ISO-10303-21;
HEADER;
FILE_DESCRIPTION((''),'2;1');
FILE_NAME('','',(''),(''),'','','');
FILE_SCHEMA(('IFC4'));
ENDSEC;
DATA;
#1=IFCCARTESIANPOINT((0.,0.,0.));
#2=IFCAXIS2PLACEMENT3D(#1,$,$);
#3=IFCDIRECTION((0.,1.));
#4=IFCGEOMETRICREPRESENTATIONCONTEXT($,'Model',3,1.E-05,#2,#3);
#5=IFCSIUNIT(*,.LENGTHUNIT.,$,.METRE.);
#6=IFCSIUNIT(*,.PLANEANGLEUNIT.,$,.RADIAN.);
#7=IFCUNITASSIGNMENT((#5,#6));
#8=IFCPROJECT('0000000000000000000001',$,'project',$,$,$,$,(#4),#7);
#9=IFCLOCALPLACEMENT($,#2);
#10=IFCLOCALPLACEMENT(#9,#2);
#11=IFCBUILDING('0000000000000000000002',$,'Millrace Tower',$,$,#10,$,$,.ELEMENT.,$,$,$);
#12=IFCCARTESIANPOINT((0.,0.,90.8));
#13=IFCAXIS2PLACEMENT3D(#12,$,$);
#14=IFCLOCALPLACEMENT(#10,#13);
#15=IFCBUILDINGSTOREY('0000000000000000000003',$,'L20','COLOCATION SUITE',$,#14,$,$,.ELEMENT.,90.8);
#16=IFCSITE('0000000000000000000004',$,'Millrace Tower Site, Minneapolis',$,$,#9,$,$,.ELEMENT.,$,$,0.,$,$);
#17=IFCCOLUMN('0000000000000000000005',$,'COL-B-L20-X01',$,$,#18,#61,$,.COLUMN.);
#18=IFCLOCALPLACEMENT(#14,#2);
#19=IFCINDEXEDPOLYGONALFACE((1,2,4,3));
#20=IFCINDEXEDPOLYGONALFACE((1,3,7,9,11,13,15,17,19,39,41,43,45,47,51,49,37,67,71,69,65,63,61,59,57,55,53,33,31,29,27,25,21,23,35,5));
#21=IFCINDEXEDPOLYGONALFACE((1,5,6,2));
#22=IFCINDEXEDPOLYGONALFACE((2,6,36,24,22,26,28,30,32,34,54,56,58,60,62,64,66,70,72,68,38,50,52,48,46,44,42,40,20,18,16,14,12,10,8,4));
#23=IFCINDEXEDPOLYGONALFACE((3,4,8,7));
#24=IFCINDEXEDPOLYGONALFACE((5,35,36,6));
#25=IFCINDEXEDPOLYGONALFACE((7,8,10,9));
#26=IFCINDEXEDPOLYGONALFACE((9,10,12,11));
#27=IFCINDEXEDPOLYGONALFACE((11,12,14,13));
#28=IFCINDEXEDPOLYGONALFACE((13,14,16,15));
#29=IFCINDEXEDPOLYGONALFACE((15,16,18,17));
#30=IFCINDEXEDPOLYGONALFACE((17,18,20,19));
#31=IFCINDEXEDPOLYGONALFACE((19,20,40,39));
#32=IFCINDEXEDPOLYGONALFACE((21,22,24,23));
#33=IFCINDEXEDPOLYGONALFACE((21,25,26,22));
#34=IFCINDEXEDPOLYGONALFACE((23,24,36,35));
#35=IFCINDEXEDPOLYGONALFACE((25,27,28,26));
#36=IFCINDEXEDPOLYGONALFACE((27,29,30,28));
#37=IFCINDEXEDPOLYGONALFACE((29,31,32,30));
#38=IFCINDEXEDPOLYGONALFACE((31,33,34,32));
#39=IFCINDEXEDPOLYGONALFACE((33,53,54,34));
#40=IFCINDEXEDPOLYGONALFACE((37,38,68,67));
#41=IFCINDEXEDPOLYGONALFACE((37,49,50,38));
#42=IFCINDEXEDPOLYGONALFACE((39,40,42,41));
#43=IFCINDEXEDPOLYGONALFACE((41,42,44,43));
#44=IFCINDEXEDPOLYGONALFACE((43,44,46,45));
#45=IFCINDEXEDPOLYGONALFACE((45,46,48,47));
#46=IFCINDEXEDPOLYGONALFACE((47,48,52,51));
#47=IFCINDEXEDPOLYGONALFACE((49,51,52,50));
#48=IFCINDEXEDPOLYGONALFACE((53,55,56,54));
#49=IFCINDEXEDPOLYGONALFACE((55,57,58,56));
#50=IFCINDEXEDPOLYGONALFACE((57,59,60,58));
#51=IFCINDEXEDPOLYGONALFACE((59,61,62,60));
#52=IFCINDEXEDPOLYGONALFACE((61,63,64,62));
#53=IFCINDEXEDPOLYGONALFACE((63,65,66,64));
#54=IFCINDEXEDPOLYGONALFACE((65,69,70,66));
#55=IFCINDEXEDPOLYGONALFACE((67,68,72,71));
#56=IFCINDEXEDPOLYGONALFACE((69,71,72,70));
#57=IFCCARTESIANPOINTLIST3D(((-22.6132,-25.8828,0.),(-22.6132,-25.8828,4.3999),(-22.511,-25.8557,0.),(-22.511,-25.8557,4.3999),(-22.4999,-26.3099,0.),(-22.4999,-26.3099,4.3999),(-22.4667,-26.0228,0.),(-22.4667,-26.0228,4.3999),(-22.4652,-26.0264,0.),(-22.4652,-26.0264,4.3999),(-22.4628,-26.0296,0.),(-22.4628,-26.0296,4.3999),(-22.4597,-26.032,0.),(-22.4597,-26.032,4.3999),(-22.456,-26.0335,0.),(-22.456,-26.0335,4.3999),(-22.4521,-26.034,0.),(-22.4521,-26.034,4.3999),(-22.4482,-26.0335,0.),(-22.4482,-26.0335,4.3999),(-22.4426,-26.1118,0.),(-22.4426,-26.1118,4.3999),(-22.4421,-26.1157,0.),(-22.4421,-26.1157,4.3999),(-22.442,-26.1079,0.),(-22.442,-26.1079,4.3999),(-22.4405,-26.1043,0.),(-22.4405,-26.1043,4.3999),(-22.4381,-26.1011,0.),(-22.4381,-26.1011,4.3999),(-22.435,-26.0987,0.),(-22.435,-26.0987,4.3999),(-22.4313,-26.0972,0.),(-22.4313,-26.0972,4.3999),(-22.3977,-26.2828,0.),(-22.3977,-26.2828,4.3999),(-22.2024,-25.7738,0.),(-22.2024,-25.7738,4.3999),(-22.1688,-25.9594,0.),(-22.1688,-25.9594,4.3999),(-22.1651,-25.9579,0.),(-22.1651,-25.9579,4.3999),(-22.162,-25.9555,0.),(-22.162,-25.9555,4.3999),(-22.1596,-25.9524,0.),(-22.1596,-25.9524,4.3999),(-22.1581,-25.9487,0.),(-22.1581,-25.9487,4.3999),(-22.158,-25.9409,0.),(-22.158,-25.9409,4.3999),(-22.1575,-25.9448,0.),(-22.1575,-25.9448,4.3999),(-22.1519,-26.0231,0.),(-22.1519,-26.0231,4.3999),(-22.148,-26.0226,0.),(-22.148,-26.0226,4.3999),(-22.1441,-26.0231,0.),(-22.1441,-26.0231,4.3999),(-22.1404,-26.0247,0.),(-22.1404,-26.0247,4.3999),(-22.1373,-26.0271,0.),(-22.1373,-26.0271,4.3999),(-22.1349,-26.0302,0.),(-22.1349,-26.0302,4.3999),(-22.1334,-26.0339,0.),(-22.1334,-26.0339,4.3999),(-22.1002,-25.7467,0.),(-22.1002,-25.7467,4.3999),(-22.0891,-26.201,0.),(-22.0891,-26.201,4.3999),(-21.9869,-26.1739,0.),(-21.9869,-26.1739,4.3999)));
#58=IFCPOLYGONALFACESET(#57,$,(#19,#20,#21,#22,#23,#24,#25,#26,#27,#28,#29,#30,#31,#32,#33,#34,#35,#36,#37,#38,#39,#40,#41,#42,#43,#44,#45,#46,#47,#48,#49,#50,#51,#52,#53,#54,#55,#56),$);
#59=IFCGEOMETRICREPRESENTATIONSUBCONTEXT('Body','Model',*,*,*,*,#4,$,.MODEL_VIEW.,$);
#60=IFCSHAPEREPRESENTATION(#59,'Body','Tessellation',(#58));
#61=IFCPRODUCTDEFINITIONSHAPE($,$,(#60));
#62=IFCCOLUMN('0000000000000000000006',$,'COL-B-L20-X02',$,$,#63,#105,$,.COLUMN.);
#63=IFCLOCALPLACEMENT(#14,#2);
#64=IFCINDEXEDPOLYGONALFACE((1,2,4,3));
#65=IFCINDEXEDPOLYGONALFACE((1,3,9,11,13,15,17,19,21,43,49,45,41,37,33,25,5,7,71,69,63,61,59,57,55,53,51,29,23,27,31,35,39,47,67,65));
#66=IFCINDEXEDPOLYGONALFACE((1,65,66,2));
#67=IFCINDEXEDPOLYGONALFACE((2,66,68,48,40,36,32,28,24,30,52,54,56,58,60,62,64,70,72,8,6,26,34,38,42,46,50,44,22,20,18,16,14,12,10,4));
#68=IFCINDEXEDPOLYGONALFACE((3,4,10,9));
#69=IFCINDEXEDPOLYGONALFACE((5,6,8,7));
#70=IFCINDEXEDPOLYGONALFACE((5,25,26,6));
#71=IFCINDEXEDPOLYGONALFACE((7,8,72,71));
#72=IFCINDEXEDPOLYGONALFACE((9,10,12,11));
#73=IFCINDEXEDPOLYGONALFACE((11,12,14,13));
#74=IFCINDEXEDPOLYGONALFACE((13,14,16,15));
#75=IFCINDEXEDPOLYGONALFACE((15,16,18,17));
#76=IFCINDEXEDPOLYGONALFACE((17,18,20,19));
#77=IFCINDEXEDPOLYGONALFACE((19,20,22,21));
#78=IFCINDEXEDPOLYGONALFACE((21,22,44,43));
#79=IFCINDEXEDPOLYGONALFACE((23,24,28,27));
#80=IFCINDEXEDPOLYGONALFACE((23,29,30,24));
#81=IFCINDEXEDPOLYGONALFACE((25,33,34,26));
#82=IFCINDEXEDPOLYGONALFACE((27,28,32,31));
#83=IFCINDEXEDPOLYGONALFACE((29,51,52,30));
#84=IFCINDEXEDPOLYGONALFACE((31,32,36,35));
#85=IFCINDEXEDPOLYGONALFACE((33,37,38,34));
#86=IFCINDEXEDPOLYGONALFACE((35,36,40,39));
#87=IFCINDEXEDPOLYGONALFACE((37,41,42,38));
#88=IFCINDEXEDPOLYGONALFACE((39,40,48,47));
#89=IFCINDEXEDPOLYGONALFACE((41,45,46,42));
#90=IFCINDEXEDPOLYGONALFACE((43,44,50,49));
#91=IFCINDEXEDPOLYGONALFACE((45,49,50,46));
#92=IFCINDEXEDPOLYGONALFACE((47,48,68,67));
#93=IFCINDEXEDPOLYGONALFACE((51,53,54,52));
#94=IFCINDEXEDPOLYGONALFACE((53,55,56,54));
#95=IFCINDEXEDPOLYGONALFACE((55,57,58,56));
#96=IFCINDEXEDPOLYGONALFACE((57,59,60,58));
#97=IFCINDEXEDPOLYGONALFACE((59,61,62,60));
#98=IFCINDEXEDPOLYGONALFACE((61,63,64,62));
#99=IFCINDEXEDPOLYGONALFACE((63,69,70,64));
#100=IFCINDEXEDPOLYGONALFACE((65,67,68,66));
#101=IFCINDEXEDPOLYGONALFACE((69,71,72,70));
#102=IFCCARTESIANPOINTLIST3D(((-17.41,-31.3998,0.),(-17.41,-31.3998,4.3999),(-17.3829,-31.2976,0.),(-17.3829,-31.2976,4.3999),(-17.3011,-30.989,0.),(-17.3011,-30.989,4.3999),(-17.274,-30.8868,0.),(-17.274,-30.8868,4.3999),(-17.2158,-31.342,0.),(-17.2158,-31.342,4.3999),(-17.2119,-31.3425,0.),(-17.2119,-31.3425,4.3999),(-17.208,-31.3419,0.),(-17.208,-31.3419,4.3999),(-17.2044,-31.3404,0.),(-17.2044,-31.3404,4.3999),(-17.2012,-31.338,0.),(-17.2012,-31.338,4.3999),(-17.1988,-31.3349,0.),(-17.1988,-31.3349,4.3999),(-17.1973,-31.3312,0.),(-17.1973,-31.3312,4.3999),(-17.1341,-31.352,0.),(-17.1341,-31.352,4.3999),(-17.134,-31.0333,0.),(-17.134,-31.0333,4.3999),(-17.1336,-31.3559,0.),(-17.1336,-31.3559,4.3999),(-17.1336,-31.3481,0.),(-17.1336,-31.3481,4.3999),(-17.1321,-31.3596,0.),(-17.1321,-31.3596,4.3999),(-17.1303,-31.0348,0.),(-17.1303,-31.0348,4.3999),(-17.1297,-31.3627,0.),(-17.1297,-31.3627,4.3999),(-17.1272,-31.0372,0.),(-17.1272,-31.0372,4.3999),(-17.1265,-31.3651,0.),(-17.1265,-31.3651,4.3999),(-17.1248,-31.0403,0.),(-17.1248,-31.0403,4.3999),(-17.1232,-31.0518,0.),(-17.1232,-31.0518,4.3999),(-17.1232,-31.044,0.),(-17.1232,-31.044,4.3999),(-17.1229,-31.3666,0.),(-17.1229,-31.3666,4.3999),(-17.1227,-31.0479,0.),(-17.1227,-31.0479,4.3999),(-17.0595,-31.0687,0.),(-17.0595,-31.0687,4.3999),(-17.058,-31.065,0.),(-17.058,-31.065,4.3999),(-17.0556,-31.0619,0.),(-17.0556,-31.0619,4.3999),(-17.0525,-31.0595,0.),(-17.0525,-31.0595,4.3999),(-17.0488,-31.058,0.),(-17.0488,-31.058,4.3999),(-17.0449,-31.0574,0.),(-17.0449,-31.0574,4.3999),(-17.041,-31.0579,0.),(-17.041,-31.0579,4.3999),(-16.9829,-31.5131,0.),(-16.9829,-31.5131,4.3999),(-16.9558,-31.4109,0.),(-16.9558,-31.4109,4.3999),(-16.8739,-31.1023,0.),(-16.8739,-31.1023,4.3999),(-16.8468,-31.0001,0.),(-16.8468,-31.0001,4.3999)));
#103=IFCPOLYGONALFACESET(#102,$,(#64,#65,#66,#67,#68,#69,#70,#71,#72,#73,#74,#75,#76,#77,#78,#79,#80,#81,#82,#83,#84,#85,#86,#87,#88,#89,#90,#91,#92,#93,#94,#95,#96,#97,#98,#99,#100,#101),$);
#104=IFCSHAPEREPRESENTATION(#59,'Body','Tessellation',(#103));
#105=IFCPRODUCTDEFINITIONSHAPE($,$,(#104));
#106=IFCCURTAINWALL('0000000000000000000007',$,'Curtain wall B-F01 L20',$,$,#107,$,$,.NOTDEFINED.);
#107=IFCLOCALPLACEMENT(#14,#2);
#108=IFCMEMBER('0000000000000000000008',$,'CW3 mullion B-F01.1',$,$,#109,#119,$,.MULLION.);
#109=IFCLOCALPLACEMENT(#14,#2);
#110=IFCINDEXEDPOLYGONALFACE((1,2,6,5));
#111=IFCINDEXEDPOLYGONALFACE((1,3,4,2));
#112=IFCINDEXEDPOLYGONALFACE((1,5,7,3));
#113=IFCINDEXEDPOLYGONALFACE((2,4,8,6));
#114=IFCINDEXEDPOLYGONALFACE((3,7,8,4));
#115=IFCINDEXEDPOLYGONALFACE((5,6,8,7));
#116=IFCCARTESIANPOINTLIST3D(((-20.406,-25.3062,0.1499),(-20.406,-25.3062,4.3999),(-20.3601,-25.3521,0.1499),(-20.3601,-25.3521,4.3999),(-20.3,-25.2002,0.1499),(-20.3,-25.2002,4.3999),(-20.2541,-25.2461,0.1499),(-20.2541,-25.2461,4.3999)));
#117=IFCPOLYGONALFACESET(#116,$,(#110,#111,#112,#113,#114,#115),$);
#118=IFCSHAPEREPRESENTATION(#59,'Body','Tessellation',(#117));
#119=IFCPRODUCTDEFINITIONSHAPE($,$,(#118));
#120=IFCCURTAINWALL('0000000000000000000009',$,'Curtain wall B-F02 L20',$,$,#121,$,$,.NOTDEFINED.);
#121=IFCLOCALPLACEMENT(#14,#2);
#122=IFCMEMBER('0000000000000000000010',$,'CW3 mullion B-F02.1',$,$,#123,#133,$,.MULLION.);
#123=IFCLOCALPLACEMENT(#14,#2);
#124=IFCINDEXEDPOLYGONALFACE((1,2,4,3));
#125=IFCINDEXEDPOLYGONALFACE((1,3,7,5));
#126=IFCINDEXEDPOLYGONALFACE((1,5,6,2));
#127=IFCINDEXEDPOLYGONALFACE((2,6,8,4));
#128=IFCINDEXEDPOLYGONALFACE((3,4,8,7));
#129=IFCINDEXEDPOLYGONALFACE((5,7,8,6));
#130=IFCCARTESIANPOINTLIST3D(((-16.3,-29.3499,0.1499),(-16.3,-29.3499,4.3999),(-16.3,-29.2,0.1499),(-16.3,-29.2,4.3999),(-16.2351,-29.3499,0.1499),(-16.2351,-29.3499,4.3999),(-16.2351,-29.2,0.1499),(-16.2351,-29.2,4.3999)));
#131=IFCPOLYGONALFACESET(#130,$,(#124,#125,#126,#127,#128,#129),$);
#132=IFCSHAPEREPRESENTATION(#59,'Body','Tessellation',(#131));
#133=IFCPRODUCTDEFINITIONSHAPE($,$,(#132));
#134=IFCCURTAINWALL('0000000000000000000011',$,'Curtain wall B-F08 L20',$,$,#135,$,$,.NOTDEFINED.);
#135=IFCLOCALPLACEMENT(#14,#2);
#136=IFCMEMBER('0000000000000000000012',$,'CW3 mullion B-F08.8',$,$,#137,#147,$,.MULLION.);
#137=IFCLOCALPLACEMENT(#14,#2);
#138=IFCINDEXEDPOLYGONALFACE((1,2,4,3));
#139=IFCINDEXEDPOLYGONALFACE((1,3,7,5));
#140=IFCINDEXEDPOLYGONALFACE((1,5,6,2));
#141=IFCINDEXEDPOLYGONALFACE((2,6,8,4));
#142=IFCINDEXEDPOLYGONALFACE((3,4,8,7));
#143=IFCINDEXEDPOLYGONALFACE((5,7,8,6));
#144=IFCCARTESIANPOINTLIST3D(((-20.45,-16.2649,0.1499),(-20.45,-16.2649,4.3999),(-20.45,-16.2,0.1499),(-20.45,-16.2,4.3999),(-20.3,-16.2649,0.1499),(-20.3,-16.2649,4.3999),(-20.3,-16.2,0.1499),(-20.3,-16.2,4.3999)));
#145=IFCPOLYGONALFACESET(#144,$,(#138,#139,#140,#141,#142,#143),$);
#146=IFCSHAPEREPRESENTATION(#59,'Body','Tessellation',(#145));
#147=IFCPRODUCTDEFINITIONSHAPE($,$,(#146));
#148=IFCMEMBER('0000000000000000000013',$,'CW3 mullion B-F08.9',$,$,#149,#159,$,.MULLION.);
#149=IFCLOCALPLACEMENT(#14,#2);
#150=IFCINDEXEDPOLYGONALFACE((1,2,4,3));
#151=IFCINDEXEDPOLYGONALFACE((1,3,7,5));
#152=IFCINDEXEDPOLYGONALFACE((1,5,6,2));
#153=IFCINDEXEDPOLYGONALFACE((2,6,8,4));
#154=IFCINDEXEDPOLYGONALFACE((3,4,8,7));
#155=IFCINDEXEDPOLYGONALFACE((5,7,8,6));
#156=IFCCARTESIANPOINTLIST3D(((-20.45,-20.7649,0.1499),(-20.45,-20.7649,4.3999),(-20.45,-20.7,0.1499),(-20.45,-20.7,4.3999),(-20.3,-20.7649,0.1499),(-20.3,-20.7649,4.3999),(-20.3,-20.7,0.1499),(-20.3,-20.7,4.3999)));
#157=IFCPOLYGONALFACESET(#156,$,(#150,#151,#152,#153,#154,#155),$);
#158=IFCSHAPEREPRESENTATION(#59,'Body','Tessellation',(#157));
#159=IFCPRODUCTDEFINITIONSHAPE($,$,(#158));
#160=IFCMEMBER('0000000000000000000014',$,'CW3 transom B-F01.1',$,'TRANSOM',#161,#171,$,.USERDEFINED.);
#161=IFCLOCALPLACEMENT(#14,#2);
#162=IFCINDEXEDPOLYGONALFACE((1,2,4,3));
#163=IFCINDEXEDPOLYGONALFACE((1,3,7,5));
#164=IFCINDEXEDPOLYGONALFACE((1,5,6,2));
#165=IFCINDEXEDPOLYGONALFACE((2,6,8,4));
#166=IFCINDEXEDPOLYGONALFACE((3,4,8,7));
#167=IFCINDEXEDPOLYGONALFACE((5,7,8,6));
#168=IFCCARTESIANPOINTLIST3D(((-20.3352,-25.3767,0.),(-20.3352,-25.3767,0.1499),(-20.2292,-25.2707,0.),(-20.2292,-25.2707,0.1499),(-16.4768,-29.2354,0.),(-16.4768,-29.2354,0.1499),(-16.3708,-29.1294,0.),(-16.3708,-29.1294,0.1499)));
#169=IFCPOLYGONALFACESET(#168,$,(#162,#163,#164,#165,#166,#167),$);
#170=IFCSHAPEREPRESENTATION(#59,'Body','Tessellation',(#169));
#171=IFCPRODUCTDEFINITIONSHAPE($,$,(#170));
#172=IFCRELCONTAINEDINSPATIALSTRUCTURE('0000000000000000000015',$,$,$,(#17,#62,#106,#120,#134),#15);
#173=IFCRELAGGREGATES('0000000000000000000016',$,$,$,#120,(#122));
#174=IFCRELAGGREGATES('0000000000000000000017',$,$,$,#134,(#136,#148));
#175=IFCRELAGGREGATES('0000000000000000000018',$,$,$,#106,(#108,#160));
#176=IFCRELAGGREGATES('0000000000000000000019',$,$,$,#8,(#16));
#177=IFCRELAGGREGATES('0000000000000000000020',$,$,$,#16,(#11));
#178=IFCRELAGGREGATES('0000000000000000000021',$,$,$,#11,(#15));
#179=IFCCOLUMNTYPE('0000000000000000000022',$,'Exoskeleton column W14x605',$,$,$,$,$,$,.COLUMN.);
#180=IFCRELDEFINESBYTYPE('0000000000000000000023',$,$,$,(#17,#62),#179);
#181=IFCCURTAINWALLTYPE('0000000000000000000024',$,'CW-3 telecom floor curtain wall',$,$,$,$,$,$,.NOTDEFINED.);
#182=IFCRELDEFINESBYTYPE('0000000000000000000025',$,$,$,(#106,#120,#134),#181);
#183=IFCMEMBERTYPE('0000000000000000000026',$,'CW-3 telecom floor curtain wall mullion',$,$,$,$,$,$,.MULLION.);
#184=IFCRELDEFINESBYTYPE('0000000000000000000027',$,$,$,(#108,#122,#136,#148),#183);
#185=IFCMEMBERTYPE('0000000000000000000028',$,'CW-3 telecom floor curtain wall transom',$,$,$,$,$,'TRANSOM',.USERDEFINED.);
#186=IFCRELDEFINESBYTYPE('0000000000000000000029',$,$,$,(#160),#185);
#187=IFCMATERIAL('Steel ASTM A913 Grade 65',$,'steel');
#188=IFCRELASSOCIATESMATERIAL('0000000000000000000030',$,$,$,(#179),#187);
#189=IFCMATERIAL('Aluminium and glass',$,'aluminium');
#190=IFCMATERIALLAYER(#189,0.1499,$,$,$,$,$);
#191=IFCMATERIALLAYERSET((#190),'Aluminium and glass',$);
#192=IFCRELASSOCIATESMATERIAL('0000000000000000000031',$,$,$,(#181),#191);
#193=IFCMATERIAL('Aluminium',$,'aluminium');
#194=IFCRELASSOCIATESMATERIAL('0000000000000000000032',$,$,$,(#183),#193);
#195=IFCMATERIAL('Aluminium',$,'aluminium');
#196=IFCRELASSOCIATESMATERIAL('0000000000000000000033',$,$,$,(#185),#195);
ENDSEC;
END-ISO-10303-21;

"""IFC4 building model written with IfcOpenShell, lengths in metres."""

from ifc_helpers import new_model, si_unit, direction, frame, origin, origin_2d, place, context, subcontext, project, spatial, rectangle, i_section, extrude, material, layer, layer_set, material_profile, profile_set, type_object, element, aggregate, save


model = new_model("IFC4")

# Units and contexts
model_context = context("Model", 3, precision=1e-05, world=origin(), true_north=direction((0.0, 1.0)))
body_context = subcontext(model_context, "Body", "Model", "MODEL_VIEW")
ifc_project = project(units=[si_unit("LENGTHUNIT", "METRE"), si_unit("PLANEANGLEUNIT", "RADIAN")], contexts=[model_context])

# Site, building, storey
site_placement = place(None, origin())
site = spatial("IfcSite", under=ifc_project, at=site_placement, Name="Millrace Tower Site, Minneapolis", CompositionType="ELEMENT", RefElevation=0.0)
building_placement = place(site_placement, origin())
building = spatial("IfcBuilding", under=site, at=building_placement, Name="Millrace Tower", CompositionType="ELEMENT")
storey_placement = place(building_placement, frame((0.0, 0.0, 90.8)))
storey = spatial("IfcBuildingStorey", under=building, at=storey_placement, Name="L20", Description="COLOCATION SUITE", CompositionType="ELEMENT", Elevation=90.8)

# Columns
ifc_material_1 = material(Name="Steel ASTM A913 Grade 65", Category="steel")
ifc_material_profile_1 = material_profile(ifc_material_1, i_section(OverallWidth=0.4419, OverallDepth=0.5308, WebThickness=0.0659, FlangeThickness=0.1057, FilletRadius=0.0151, at=origin_2d()))
ifc_profile_set_1 = profile_set([ifc_material_profile_1], Name="Steel ASTM A913 Grade 65")
column_type = type_object("IfcColumnType", Name="Exoskeleton column W14x605", PredefinedType="COLUMN", material=ifc_profile_set_1)
for number, where, z_axis, x_axis, name in (
    (1, (-22.3, -26.0283, 0.0), (0.0, 0.0, 1.0), (0.256347, -0.966585, 0.0), "COL-B-L20-X01"),
    (2, (-17.1284, -31.2, 0.0), (0.0, 0.0, 1.0), (0.966585, -0.256347, 0.0), "COL-B-L20-X02"),
):
    element("IfcColumn", number, at=place(storey_placement, frame(where, z_axis=z_axis, x_axis=x_axis)), inside=storey, type_object=column_type, Name=name, PredefinedType="COLUMN", context=body_context, shape_type="SweptSolid", body=[
        extrude(i_section(OverallWidth=0.4419, OverallDepth=0.5308, WebThickness=0.0659, FlangeThickness=0.1057, FilletRadius=0.0151, at=origin_2d()), origin(), (0.0, 0.0, 1.0), 4.3999),
    ])

# Curtain walls, members
ifc_material_2 = material(Name="Aluminium and glass", Category="aluminium")
ifc_layer_1 = layer(ifc_material_2, 0.1499)
ifc_layer_set_1 = layer_set([ifc_layer_1], Name="Aluminium and glass")
curtain_wall_type = type_object("IfcCurtainWallType", Name="CW-3 telecom floor curtain wall", PredefinedType="NOTDEFINED", material=ifc_layer_set_1)
placement = place(storey_placement, origin())
curtain_wall_1 = element("IfcCurtainWall", 3, at=placement, inside=storey, type_object=curtain_wall_type, Name="Curtain wall B-F01 L20", PredefinedType="NOTDEFINED")
ifc_material_3 = material(Name="Aluminium", Category="aluminium")
ifc_material_profile_2 = material_profile(ifc_material_3, rectangle(XDim=0.0649, YDim=0.1499, at=origin_2d()))
ifc_profile_set_2 = profile_set([ifc_material_profile_2], Name="Aluminium")
member_type_1 = type_object("IfcMemberType", Name="CW-3 telecom floor curtain wall mullion", PredefinedType="MULLION", material=ifc_profile_set_2)
member_1_placement = place(storey_placement, frame((-20.3301, -25.2761, 0.1499), z_axis=(0.0, 0.0, 1.0), x_axis=(0.707107, -0.707107, 0.0)))
member_1 = element("IfcMember", 4, at=member_1_placement, type_object=member_type_1, Name="CW3 mullion B-F01.1", PredefinedType="MULLION", context=body_context, shape_type="SweptSolid", body=[
    extrude(rectangle(XDim=0.0649, YDim=0.1499, at=origin_2d()), origin(), (0.0, 0.0, 1.0), 4.25),
])
curtain_wall_2 = element("IfcCurtainWall", 5, at=placement, inside=storey, type_object=curtain_wall_type, Name="Curtain wall B-F02 L20", PredefinedType="NOTDEFINED")
member_2_placement = place(storey_placement, frame((-16.2676, -29.2749, 0.1499), z_axis=(0.0, 0.0, 1.0), x_axis=(1.0, 0.0, 0.0)))
member_2 = element("IfcMember", 6, at=member_2_placement, type_object=member_type_1, Name="CW3 mullion B-F02.1", PredefinedType="MULLION", context=body_context, shape_type="SweptSolid", body=[
    extrude(rectangle(XDim=0.0649, YDim=0.1499, at=origin_2d()), origin(), (0.0, 0.0, 1.0), 4.25),
])
aggregate(curtain_wall_2, [member_2])

# Curtain wall, members
curtain_wall_3 = element("IfcCurtainWall", 7, at=placement, inside=storey, type_object=curtain_wall_type, Name="Curtain wall B-F08 L20", PredefinedType="NOTDEFINED")
member_3_placement = place(storey_placement, frame((-20.375, -16.2324, 0.1499), z_axis=(0.0, 0.0, 1.0), x_axis=(0.0, -1.0, 0.0)))
member_3 = element("IfcMember", 8, at=member_3_placement, type_object=member_type_1, Name="CW3 mullion B-F08.8", PredefinedType="MULLION", context=body_context, shape_type="SweptSolid", body=[
    extrude(rectangle(XDim=0.0649, YDim=0.1499, at=origin_2d()), origin(), (0.0, 0.0, 1.0), 4.25),
])
member_4_placement = place(storey_placement, frame((-20.375, -20.7324, 0.1499), z_axis=(0.0, 0.0, 1.0), x_axis=(0.0, -1.0, 0.0)))
member_4 = element("IfcMember", 9, at=member_4_placement, type_object=member_type_1, Name="CW3 mullion B-F08.9", PredefinedType="MULLION", context=body_context, shape_type="SweptSolid", body=[
    extrude(rectangle(XDim=0.0649, YDim=0.1499, at=origin_2d()), origin(), (0.0, 0.0, 1.0), 4.25),
])
aggregate(curtain_wall_3, [member_3, member_4])

# Member
ifc_material_4 = material(Name="Aluminium", Category="aluminium")
ifc_material_profile_3 = material_profile(ifc_material_4, rectangle(XDim=0.1499, YDim=0.1499, at=origin_2d()))
ifc_profile_set_3 = profile_set([ifc_material_profile_3], Name="Aluminium")
member_type_2 = type_object("IfcMemberType", Name="CW-3 telecom floor curtain wall transom", ElementType="TRANSOM", PredefinedType="USERDEFINED", material=ifc_profile_set_3)
member_5_placement = place(storey_placement, frame((-20.2822, -25.3237, 0.075), z_axis=(0.707084, -0.707129, 0.0), x_axis=(0.707129, 0.707084, 0.0)))
member_5 = element("IfcMember", 10, at=member_5_placement, type_object=member_type_2, Name="CW3 transom B-F01.1", ObjectType="TRANSOM", PredefinedType="USERDEFINED", context=body_context, shape_type="SweptSolid", body=[
    extrude(rectangle(XDim=0.1499, YDim=0.1499, at=origin_2d()), origin(), (0.0, 0.0, 1.0), 5.4568),
])
aggregate(curtain_wall_1, [member_1, member_5])

save(model, "model.ifc")
